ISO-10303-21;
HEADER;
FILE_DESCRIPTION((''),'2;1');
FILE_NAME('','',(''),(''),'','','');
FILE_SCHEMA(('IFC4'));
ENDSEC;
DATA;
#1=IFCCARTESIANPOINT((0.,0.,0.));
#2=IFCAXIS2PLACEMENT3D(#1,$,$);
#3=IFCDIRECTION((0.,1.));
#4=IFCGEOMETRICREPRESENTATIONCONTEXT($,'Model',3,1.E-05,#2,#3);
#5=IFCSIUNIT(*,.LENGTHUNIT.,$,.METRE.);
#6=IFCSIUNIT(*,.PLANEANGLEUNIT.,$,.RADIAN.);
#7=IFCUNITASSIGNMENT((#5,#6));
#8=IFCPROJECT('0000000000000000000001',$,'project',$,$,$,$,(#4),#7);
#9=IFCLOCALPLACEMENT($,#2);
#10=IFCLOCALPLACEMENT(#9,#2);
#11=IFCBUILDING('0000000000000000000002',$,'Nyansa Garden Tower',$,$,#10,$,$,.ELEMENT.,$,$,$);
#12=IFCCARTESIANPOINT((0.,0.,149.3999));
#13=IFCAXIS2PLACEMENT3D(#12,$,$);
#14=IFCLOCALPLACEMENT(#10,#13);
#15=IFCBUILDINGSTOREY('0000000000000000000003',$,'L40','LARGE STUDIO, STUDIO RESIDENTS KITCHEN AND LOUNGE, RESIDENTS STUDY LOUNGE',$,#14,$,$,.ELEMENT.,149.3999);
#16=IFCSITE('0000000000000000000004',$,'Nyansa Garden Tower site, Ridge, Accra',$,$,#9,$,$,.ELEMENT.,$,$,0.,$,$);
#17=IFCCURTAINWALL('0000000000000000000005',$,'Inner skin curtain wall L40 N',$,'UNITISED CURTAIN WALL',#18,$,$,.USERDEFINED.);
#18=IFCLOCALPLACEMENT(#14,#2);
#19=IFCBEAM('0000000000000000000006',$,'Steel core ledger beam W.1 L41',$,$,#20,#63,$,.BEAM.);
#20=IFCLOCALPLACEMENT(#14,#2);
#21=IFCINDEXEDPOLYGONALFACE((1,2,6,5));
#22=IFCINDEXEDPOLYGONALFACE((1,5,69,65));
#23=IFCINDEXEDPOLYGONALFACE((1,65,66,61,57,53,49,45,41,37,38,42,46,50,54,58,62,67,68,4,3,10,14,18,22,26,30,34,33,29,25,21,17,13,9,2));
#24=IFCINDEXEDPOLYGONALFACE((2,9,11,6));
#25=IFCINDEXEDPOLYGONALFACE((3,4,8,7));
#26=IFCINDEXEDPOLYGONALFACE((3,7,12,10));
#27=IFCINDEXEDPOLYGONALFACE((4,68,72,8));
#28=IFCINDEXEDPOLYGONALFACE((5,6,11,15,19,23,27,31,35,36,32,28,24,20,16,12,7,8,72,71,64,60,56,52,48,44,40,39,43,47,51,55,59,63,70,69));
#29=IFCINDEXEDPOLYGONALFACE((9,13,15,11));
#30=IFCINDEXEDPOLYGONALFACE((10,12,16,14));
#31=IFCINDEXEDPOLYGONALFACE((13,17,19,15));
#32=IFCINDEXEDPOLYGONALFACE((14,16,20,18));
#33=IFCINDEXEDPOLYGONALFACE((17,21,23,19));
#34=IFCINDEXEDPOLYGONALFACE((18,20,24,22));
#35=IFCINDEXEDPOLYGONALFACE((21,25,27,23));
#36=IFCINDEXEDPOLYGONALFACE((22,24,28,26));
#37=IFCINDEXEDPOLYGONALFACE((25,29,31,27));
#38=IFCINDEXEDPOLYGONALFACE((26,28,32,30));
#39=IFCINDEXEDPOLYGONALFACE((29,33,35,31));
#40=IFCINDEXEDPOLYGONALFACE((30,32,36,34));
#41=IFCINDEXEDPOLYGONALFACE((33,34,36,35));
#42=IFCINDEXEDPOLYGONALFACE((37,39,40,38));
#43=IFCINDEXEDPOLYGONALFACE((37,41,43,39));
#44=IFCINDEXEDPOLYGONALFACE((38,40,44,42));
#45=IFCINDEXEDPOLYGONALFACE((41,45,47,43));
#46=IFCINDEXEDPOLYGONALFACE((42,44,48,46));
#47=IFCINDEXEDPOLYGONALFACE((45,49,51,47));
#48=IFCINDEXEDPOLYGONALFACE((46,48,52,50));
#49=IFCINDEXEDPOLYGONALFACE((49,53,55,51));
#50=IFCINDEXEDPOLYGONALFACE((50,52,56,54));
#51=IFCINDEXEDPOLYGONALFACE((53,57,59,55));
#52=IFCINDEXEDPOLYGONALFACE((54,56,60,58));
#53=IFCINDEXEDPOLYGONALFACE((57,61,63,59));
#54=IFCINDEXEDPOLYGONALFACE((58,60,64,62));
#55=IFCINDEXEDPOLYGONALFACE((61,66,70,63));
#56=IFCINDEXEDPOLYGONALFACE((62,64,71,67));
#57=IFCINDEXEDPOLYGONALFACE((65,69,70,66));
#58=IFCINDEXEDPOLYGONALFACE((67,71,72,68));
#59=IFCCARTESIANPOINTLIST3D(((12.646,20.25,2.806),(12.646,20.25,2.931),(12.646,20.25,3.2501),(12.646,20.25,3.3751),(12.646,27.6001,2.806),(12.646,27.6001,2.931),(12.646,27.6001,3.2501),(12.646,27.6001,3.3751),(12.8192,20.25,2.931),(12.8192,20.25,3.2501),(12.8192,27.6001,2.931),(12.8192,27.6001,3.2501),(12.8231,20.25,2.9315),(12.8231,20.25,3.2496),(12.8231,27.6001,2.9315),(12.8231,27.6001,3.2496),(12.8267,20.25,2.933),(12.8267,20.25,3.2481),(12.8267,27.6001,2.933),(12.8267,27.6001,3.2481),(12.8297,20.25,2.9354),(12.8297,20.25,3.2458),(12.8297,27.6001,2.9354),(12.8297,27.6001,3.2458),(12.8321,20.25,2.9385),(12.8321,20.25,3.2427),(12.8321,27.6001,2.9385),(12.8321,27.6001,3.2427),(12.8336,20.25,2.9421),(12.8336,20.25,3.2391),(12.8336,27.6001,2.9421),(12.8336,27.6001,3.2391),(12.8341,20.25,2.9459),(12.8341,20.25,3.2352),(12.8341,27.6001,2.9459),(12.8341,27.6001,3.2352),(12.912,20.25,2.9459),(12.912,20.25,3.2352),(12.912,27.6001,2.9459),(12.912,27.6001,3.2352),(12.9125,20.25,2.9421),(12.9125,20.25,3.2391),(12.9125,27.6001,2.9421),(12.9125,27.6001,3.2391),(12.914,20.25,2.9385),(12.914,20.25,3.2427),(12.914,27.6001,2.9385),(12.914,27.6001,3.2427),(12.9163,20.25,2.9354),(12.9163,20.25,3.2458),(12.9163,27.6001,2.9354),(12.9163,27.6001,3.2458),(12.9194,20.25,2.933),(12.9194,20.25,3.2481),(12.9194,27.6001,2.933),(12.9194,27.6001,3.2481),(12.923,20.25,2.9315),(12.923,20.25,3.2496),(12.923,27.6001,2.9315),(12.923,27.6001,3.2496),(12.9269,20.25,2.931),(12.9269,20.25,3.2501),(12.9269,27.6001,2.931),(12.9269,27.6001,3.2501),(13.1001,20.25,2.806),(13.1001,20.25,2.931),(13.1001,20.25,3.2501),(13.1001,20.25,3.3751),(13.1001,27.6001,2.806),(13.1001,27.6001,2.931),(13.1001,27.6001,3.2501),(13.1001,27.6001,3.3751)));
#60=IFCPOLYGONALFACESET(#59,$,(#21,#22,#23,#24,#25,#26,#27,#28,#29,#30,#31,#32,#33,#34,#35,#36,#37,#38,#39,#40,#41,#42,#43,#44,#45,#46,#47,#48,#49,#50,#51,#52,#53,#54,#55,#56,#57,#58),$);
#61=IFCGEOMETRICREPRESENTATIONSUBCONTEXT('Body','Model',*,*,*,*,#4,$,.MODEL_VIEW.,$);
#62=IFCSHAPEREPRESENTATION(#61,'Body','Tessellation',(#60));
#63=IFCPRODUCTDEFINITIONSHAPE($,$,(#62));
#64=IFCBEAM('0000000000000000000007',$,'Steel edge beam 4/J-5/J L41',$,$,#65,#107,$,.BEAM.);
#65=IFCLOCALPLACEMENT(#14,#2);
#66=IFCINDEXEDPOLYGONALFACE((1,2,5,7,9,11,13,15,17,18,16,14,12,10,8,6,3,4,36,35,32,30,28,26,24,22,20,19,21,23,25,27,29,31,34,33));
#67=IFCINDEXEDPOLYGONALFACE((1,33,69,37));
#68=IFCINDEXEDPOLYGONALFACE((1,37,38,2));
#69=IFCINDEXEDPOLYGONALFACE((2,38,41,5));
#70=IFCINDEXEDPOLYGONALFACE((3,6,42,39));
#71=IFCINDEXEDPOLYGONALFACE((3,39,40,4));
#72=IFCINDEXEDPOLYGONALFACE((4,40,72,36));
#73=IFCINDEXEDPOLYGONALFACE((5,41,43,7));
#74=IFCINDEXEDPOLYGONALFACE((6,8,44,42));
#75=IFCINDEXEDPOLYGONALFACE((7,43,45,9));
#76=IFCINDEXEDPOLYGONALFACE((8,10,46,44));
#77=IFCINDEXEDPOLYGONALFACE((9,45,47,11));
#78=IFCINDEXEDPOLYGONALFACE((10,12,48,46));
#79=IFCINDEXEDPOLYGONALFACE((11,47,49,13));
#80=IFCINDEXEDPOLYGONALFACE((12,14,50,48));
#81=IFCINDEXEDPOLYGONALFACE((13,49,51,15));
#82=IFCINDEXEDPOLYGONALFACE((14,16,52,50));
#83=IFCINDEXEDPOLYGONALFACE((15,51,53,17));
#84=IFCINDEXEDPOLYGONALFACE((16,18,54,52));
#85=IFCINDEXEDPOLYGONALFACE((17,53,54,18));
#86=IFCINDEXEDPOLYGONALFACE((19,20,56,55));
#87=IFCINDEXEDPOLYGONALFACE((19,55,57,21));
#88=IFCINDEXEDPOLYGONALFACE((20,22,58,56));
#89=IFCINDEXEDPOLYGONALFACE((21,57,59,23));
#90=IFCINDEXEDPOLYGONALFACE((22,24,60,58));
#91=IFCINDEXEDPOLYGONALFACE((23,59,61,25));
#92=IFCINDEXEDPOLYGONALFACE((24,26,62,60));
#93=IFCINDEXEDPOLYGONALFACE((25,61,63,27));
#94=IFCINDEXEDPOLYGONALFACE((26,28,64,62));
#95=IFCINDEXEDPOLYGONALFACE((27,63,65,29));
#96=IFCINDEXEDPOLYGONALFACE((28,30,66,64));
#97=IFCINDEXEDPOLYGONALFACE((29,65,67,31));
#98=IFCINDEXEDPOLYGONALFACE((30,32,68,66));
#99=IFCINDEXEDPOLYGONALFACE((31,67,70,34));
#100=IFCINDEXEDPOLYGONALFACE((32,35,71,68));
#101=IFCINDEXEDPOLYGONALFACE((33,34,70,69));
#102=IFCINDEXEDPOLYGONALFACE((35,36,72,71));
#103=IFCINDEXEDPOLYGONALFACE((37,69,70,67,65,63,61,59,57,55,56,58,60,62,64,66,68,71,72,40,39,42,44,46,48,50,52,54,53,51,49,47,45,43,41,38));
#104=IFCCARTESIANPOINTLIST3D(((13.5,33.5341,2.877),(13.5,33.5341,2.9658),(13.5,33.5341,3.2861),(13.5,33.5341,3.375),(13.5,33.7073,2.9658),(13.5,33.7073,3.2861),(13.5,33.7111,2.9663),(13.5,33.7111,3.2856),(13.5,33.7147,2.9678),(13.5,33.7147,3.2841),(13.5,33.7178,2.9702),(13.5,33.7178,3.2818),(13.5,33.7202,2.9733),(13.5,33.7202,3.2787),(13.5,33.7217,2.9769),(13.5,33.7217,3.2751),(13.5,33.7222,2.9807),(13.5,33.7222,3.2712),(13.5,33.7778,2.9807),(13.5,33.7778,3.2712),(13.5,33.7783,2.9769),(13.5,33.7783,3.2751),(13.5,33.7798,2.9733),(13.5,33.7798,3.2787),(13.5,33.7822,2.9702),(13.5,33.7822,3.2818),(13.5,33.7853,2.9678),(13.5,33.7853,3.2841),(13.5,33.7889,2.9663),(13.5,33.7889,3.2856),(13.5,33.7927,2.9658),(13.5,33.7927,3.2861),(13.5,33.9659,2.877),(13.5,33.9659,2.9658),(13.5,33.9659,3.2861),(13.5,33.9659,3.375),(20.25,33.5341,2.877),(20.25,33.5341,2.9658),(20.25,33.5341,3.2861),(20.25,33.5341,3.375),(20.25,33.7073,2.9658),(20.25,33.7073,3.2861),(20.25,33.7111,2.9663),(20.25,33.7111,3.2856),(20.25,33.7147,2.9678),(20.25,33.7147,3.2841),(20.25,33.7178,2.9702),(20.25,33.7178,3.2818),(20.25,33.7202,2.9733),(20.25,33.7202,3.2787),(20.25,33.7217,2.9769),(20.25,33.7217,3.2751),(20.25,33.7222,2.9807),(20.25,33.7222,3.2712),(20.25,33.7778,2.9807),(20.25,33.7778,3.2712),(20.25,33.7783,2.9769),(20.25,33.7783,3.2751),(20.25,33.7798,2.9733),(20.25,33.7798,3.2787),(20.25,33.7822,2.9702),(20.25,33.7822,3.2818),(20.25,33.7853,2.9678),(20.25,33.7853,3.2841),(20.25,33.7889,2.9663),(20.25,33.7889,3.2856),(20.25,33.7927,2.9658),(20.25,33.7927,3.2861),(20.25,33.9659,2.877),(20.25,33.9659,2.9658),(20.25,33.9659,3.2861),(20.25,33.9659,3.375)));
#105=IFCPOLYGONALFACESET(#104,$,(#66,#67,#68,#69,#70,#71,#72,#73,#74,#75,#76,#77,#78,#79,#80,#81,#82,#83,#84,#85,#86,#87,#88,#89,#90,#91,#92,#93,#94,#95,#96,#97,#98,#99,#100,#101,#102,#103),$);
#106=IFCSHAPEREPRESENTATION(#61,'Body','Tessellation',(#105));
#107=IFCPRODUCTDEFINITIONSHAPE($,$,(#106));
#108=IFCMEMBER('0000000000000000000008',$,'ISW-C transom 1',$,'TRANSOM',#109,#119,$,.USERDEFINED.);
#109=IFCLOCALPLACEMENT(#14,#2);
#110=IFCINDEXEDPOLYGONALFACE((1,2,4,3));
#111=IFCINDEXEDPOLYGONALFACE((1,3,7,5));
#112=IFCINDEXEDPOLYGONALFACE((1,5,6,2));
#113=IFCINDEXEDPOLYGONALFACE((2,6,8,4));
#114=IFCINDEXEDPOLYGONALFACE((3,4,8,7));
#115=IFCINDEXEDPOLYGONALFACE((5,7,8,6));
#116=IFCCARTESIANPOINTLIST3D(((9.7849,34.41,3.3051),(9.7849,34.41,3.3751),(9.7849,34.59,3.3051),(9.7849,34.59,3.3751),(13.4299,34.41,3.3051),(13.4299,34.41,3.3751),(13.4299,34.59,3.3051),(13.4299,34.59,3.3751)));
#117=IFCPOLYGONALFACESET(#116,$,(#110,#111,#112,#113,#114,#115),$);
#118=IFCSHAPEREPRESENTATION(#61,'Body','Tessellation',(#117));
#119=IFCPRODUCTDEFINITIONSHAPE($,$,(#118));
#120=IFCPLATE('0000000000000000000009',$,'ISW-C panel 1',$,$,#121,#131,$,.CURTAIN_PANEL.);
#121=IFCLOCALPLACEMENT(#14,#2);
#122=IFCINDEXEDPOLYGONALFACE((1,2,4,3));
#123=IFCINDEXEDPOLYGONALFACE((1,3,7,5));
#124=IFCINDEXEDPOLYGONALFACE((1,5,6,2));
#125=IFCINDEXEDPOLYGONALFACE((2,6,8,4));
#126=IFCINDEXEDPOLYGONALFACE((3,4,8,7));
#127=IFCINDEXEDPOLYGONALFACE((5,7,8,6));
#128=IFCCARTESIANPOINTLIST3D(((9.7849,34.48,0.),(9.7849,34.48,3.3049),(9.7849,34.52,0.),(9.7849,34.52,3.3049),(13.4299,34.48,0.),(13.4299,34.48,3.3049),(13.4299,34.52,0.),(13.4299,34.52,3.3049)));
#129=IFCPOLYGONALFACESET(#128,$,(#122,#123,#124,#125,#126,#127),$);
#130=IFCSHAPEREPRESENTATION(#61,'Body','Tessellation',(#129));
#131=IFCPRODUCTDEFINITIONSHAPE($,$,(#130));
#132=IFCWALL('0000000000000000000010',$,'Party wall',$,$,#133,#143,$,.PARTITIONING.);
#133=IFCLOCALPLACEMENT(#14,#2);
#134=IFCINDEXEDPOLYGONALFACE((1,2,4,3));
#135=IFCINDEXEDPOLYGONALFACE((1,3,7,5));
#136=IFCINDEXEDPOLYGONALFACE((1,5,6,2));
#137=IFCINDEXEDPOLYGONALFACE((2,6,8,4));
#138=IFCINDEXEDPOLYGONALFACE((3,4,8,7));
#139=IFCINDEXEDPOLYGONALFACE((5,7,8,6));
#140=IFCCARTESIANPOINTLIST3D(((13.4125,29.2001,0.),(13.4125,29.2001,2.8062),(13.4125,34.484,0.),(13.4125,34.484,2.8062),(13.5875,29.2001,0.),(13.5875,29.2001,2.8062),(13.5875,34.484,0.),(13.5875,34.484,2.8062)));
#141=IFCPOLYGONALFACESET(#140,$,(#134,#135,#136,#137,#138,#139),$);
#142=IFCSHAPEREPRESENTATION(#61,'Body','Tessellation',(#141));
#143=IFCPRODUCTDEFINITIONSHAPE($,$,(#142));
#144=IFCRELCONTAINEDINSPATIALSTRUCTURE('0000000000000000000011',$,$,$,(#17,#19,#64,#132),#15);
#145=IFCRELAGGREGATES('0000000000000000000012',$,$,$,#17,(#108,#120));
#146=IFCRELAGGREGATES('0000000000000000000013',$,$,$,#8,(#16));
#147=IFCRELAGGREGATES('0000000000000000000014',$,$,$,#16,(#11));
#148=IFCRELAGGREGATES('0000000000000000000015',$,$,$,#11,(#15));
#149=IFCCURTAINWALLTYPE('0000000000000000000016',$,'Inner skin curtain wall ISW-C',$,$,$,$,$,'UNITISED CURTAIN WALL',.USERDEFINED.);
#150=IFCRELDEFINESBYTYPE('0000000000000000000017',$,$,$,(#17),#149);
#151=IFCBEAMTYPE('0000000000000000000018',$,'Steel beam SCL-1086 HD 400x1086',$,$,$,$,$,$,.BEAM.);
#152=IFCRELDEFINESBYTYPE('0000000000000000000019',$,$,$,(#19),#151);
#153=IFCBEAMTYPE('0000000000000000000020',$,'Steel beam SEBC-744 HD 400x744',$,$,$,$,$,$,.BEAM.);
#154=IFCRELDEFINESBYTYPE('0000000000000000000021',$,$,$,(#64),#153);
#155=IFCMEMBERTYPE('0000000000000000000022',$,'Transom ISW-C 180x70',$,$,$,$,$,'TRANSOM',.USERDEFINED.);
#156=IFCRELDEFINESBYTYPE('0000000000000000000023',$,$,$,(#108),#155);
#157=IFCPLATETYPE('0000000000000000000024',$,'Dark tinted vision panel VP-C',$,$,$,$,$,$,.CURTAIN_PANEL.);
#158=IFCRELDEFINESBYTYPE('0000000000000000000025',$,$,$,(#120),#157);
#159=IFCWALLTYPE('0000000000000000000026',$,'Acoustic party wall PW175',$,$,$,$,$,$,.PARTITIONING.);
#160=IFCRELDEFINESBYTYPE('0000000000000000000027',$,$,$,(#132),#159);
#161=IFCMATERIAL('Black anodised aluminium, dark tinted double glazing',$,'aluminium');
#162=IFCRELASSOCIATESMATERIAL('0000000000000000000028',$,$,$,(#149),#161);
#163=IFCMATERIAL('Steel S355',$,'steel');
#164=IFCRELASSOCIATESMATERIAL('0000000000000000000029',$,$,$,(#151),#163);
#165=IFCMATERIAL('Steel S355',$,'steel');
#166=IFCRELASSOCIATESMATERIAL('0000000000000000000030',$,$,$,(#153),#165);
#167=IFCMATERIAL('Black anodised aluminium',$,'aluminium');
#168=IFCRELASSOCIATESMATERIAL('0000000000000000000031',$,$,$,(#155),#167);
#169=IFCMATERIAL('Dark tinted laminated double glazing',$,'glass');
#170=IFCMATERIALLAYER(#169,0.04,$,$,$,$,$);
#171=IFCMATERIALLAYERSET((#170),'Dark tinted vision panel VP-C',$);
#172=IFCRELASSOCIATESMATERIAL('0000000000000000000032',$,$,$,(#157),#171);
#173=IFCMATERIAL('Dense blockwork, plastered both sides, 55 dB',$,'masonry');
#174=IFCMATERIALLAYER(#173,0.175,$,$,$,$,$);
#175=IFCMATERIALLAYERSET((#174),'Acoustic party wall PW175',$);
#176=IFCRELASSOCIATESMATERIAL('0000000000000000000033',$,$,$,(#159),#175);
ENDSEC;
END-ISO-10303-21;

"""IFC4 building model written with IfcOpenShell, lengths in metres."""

from ifc_helpers import new_model, si_unit, direction, frame, frame_2d, origin, origin_2d, place, context, subcontext, project, spatial, rectangle, i_section, extrude, material, layer, layer_set, material_profile, profile_set, type_object, element, aggregate, save


model = new_model("IFC4")

# Units and contexts
model_context = context("Model", 3, precision=1e-05, world=origin(), true_north=direction((0.0, 1.0)))
body_context = subcontext(model_context, "Body", "Model", "MODEL_VIEW")
ifc_project = project(units=[si_unit("LENGTHUNIT", "METRE"), si_unit("PLANEANGLEUNIT", "RADIAN")], contexts=[model_context])

# Site, building, storey
site_placement = place(None, origin())
site = spatial("IfcSite", under=ifc_project, at=site_placement, Name="Nyansa Garden Tower site, Ridge, Accra", CompositionType="ELEMENT", RefElevation=0.0)
building_placement = place(site_placement, origin())
building = spatial("IfcBuilding", under=site, at=building_placement, Name="Nyansa Garden Tower", CompositionType="ELEMENT")
storey_placement = place(building_placement, frame((0.0, 0.0, 149.3999)))
storey = spatial("IfcBuildingStorey", under=building, at=storey_placement, Name="L40", Description="LARGE STUDIO, STUDIO RESIDENTS KITCHEN AND LOUNGE, RESIDENTS STUDY LOUNGE", CompositionType="ELEMENT", Elevation=149.3999)

# Curtain wall
ifc_material_1 = material(Name="Black anodised aluminium, dark tinted double glazing", Category="aluminium")
curtain_wall_type = type_object("IfcCurtainWallType", Name="Inner skin curtain wall ISW-C", ElementType="UNITISED CURTAIN WALL", PredefinedType="USERDEFINED", material=ifc_material_1)
curtain_wall_placement = place(storey_placement, origin())
curtain_wall = element("IfcCurtainWall", 1, at=curtain_wall_placement, inside=storey, type_object=curtain_wall_type, Name="Inner skin curtain wall L40 N", ObjectType="UNITISED CURTAIN WALL", PredefinedType="USERDEFINED")

# Beams
ifc_material_2 = material(Name="Steel S355", Category="steel")
ifc_material_profile_1 = material_profile(ifc_material_2, i_section(OverallWidth=0.4541, OverallDepth=0.5691, WebThickness=0.0779, FlangeThickness=0.125, FilletRadius=0.0149, at=origin_2d()), Name="HD 400x1086")
ifc_profile_set_1 = profile_set([ifc_material_profile_1], Name="Steel S355")
beam_type_1 = type_object("IfcBeamType", Name="Steel beam SCL-1086 HD 400x1086", PredefinedType="BEAM", material=ifc_profile_set_1)
beam_1_placement = place(storey_placement, frame((12.873, 27.6001, 3.0906), z_axis=(0.0, -1.0, 0.0), x_axis=(1.0, 0.0, 0.0)))
element("IfcBeam", 2, at=beam_1_placement, inside=storey, type_object=beam_type_1, Name="Steel core ledger beam W.1 L41", PredefinedType="BEAM", context=body_context, shape_type="SweptSolid", body=[
    extrude(i_section(OverallWidth=0.4541, OverallDepth=0.5691, WebThickness=0.0779, FlangeThickness=0.125, FilletRadius=0.0149, at=origin_2d()), origin(), (0.0, 0.0, 1.0), 7.3501),
])
ifc_material_3 = material(Name="Steel S355", Category="steel")
ifc_material_profile_2 = material_profile(ifc_material_3, i_section(OverallWidth=0.4319, OverallDepth=0.498, WebThickness=0.0557, FlangeThickness=0.0889, FilletRadius=0.0149, at=origin_2d()), Name="HD 400x744")
ifc_profile_set_2 = profile_set([ifc_material_profile_2], Name="Steel S355")
beam_type_2 = type_object("IfcBeamType", Name="Steel beam SEBC-744 HD 400x744", PredefinedType="BEAM", material=ifc_profile_set_2)
beam_2_placement = place(storey_placement, frame((13.5, 33.75, 3.126), z_axis=(1.0, 0.0, 0.0), x_axis=(0.0, 1.0, 0.0)))
element("IfcBeam", 3, at=beam_2_placement, inside=storey, type_object=beam_type_2, Name="Steel edge beam 4/J-5/J L41", PredefinedType="BEAM", context=body_context, shape_type="SweptSolid", body=[
    extrude(i_section(OverallWidth=0.4319, OverallDepth=0.498, WebThickness=0.0557, FlangeThickness=0.0889, FilletRadius=0.0149, at=origin_2d()), origin(), (0.0, 0.0, 1.0), 6.75),
])

# Member
ifc_material_4 = material(Name="Black anodised aluminium", Category="aluminium")
ifc_material_profile_3 = material_profile(ifc_material_4, rectangle(XDim=0.1799, YDim=0.0701, at=origin_2d()), Name="Transom 180x70")
ifc_profile_set_3 = profile_set([ifc_material_profile_3], Name="Black anodised aluminium")
member_type_1 = type_object("IfcMemberType", Name="Transom ISW-C 180x70", ElementType="TRANSOM", PredefinedType="USERDEFINED", material=ifc_profile_set_3)
member_1_placement = place(storey_placement, frame((13.4299, 34.5, 3.3401), z_axis=(-1.0, 0.0, 0.0), x_axis=(0.0, -1.0, 0.0)))
member_1 = element("IfcMember", 4, at=member_1_placement, type_object=member_type_1, Name="ISW-C transom 1", ObjectType="TRANSOM", PredefinedType="USERDEFINED", context=body_context, shape_type="SweptSolid", body=[
    extrude(rectangle(XDim=0.1799, YDim=0.0701, at=origin_2d()), origin(), (0.0, 0.0, 1.0), 3.645),
])

# Plate
ifc_material_5 = material(Name="Dark tinted laminated double glazing", Category="glass")
ifc_layer_1 = layer(ifc_material_5, 0.04)
ifc_layer_set_1 = layer_set([ifc_layer_1], Name="Dark tinted vision panel VP-C")
plate_type = type_object("IfcPlateType", Name="Dark tinted vision panel VP-C", PredefinedType="CURTAIN_PANEL", material=ifc_layer_set_1)
plate_placement = place(storey_placement, frame((11.6074, 34.5, 0.0), z_axis=(0.0, 0.0, 1.0), x_axis=(-1.0, 0.0, 0.0)))
plate = element("IfcPlate", 5, at=plate_placement, type_object=plate_type, Name="ISW-C panel 1", PredefinedType="CURTAIN_PANEL", context=body_context, shape_type="SweptSolid", body=[
    extrude(rectangle(XDim=3.645, YDim=0.04, at=origin_2d()), origin(), (0.0, 0.0, 1.0), 3.3049),
])
aggregate(curtain_wall, [member_1, plate])

# Wall
ifc_material_6 = material(Name="Dense blockwork, plastered both sides, 55 dB", Category="masonry")
ifc_layer_2 = layer(ifc_material_6, 0.175)
ifc_layer_set_2 = layer_set([ifc_layer_2], Name="Acoustic party wall PW175")
wall_type_1 = type_object("IfcWallType", Name="Acoustic party wall PW175", PredefinedType="PARTITIONING", material=ifc_layer_set_2)
wall_1_placement = place(storey_placement, frame((13.5, 29.2, 0.0), z_axis=(0.0, 0.0, 1.0), x_axis=(0.0, 1.0, 0.0)))
element("IfcWall", 6, at=wall_1_placement, inside=storey, type_object=wall_type_1, Name="Party wall", PredefinedType="PARTITIONING", context=body_context, shape_type="SweptSolid", body=[
    extrude(rectangle(XDim=5.2839, YDim=0.175, at=frame_2d((2.6421, 0.0))), origin(), (0.0, 0.0, 1.0), 2.8062),
])

save(model, "model.ifc")
